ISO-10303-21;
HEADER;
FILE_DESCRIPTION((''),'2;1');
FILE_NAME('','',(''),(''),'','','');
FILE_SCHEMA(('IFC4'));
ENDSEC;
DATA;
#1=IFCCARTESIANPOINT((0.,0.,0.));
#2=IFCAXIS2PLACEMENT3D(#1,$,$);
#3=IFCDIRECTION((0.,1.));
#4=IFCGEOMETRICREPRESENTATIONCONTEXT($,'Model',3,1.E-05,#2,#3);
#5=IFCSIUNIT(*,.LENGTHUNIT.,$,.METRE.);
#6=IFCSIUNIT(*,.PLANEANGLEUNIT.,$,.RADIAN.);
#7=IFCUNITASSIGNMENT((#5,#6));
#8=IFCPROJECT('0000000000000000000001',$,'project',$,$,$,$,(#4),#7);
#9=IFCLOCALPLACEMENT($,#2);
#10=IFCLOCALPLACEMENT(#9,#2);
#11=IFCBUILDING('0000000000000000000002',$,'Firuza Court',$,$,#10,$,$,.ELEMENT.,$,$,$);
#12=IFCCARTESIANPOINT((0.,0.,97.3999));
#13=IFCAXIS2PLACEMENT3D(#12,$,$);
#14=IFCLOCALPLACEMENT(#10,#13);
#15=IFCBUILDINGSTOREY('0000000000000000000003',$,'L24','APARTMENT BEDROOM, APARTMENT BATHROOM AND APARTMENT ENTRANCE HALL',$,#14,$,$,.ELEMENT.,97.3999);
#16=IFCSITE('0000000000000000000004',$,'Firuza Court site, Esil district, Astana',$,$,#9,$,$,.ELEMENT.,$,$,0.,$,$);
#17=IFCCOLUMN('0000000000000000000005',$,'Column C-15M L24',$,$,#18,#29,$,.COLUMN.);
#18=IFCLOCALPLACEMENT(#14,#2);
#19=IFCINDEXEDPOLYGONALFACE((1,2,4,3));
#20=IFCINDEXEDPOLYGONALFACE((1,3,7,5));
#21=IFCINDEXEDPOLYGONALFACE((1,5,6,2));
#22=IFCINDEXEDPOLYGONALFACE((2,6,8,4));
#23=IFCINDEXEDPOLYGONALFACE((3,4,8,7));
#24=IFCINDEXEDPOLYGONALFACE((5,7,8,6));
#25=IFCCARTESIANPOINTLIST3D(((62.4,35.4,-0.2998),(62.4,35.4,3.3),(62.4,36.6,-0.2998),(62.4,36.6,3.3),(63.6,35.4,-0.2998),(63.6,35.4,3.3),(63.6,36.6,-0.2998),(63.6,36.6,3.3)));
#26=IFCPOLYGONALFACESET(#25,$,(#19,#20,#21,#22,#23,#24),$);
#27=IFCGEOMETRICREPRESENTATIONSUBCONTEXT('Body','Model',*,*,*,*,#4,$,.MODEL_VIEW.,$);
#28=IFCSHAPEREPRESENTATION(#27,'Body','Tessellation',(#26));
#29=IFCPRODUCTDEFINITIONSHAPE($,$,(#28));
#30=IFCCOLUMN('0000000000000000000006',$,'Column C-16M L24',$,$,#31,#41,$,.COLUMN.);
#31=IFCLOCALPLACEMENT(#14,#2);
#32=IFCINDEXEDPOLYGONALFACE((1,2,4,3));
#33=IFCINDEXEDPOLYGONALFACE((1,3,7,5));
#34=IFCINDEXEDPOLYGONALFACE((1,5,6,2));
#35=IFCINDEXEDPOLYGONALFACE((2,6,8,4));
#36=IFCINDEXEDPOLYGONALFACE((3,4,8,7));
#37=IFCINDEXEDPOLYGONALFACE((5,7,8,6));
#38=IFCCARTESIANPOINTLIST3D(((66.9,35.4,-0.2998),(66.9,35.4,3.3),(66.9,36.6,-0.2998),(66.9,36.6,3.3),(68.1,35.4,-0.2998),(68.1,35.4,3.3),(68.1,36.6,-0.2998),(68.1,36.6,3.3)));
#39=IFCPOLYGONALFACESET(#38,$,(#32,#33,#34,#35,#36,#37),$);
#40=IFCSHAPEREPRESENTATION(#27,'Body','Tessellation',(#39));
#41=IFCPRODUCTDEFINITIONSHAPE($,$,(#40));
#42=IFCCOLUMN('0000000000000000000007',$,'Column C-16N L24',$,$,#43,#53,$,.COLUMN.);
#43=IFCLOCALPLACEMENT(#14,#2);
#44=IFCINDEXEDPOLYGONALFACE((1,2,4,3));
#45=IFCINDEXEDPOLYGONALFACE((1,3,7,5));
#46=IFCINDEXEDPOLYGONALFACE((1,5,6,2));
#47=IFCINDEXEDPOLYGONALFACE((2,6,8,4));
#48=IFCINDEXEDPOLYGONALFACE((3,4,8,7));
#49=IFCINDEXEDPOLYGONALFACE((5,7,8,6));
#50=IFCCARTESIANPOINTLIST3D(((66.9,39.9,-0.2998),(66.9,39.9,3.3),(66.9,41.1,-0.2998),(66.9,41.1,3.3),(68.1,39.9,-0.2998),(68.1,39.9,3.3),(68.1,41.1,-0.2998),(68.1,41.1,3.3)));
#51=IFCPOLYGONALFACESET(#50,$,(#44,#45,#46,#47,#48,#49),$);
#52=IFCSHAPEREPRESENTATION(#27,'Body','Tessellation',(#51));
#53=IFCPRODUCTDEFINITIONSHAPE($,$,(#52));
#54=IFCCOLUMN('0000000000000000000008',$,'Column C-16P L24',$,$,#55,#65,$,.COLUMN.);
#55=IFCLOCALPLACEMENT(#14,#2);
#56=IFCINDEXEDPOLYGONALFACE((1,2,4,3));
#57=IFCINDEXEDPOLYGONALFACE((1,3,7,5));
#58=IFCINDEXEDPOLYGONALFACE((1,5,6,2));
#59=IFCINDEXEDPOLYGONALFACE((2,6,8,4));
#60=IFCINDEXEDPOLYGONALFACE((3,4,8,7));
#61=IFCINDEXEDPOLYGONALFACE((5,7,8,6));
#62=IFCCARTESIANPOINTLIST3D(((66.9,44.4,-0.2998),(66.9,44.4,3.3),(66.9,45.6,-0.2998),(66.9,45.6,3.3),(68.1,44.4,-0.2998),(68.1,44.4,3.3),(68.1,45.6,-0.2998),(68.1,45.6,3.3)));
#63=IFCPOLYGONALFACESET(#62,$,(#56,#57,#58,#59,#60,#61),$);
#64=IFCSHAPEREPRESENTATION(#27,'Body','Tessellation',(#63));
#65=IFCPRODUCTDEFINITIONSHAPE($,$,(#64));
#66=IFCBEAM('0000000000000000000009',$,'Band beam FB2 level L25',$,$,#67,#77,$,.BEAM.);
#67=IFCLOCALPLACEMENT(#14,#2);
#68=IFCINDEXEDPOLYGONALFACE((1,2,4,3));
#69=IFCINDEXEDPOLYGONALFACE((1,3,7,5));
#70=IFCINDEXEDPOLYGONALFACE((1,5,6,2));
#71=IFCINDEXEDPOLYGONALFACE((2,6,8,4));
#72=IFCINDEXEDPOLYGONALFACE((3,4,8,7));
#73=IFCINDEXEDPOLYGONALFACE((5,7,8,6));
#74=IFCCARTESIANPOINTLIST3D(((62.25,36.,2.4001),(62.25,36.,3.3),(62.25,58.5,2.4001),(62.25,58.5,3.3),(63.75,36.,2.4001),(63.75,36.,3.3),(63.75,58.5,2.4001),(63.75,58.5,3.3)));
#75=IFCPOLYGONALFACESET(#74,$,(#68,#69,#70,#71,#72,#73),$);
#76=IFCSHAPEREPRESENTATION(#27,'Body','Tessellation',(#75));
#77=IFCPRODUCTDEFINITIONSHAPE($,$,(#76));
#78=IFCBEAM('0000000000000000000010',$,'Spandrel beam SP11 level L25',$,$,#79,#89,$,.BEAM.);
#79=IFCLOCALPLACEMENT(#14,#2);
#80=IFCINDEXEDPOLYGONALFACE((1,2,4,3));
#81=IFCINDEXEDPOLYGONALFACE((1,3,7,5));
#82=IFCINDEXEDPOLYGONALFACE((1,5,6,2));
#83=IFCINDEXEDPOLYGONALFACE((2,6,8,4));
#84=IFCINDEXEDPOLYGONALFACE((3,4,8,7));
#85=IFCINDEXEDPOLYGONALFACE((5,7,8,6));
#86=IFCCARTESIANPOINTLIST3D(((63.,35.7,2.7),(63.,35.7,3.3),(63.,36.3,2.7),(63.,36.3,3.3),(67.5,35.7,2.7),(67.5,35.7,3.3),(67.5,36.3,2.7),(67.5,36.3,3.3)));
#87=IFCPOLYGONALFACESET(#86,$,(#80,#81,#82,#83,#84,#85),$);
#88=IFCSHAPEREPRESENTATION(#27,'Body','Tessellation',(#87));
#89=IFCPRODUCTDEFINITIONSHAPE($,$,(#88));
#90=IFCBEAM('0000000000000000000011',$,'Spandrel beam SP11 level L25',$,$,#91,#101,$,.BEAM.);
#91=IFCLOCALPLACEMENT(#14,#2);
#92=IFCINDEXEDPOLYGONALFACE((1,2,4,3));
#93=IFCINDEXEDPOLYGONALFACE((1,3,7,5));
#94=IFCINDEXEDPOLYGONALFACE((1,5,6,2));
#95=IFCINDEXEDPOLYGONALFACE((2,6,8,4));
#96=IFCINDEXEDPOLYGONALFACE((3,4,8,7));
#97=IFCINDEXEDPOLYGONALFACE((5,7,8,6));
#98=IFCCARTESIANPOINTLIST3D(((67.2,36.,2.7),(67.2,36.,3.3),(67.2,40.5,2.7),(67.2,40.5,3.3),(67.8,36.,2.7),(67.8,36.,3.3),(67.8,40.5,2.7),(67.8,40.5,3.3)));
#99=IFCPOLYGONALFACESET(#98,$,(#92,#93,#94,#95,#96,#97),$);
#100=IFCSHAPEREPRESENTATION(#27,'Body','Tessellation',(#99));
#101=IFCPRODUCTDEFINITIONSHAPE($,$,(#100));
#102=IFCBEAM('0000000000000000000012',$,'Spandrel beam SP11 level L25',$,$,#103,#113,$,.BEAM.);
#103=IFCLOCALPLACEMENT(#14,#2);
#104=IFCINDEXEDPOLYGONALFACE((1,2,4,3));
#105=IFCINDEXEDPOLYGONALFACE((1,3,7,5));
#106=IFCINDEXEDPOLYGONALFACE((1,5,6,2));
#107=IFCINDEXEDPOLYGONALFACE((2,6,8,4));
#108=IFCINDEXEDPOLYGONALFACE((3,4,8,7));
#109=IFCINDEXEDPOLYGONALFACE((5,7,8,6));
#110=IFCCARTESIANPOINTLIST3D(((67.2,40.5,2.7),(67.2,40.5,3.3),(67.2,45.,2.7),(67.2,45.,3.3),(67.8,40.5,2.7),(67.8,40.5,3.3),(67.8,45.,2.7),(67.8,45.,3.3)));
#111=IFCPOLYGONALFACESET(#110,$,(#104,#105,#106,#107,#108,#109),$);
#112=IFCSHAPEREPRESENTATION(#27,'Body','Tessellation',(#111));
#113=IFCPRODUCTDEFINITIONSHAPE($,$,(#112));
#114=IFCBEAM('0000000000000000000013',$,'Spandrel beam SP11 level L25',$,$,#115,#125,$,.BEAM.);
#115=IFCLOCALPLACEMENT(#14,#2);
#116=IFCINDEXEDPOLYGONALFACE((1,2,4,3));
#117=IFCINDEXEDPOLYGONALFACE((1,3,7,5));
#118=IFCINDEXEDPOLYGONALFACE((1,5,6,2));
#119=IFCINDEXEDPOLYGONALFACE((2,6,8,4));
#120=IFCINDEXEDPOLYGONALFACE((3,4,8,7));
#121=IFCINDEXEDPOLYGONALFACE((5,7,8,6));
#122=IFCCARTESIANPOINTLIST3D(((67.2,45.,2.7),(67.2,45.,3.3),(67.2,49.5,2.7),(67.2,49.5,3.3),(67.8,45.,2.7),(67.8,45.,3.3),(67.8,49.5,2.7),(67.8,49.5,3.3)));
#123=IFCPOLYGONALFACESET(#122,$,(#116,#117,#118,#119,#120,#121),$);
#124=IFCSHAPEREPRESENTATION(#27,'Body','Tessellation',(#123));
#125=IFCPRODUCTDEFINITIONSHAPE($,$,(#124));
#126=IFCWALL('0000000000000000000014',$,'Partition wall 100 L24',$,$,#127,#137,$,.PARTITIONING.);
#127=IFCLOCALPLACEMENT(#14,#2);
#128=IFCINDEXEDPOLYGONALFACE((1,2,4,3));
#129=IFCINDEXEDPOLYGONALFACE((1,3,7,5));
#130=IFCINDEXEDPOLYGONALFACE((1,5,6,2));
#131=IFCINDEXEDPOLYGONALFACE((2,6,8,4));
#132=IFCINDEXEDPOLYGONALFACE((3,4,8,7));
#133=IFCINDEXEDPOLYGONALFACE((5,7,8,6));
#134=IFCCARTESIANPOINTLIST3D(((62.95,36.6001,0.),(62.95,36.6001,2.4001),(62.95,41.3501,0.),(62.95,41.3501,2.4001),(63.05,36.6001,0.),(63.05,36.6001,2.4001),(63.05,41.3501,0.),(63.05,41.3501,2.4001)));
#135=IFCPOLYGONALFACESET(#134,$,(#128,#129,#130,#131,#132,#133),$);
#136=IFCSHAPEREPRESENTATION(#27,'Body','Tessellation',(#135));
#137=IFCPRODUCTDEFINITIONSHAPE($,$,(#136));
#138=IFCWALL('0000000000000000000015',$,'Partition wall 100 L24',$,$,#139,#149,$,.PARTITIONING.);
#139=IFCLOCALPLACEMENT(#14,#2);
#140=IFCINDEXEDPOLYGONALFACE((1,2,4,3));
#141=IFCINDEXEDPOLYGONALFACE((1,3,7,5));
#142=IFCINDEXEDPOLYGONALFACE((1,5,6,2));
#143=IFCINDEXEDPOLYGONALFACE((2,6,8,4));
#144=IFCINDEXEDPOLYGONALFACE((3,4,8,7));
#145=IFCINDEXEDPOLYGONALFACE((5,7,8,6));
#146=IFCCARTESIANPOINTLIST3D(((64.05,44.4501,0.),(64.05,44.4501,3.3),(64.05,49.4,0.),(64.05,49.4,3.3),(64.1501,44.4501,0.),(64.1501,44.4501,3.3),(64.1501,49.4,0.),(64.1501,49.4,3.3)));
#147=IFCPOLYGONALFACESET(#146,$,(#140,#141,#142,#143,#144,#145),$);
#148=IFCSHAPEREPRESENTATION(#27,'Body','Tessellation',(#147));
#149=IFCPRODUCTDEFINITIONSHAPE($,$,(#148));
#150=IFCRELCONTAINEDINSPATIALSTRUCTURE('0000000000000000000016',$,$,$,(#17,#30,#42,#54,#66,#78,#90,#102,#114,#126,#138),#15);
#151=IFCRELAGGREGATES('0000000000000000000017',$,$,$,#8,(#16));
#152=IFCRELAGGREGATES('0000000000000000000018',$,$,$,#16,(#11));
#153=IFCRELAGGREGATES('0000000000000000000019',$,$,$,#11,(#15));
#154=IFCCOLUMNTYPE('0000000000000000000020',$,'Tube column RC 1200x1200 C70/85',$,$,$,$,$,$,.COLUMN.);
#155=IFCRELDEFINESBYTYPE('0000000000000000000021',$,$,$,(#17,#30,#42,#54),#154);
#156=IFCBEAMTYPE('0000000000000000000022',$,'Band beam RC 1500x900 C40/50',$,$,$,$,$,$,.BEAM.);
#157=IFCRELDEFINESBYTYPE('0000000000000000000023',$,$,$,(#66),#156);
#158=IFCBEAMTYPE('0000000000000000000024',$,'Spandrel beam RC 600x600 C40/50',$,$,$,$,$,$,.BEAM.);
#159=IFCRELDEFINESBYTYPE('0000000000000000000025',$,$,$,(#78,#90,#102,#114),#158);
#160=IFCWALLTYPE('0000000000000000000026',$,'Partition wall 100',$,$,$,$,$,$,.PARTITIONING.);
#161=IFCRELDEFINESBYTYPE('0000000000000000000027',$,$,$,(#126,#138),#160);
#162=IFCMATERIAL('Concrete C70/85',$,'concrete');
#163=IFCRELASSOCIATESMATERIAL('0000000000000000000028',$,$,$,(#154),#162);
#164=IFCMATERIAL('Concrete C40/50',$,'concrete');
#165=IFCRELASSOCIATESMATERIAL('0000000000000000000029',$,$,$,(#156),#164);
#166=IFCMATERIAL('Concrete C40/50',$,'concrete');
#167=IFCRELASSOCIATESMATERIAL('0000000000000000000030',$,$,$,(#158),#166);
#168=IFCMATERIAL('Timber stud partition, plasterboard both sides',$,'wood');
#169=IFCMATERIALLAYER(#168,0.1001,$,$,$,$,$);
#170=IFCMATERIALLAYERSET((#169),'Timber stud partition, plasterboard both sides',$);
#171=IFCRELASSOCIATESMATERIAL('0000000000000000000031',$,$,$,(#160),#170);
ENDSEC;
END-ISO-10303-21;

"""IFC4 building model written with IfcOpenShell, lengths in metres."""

from ifc_helpers import new_model, si_unit, direction, frame, frame_2d, origin, origin_2d, place, context, subcontext, project, spatial, rectangle, extrude, material, layer, layer_set, material_profile, profile_set, type_object, element, save


model = new_model("IFC4")

# Units and contexts
model_context = context("Model", 3, precision=1e-05, world=origin(), true_north=direction((0.0, 1.0)))
body_context = subcontext(model_context, "Body", "Model", "MODEL_VIEW")
ifc_project = project(units=[si_unit("LENGTHUNIT", "METRE"), si_unit("PLANEANGLEUNIT", "RADIAN")], contexts=[model_context])

# Site, building, storey
site_placement = place(None, origin())
site = spatial("IfcSite", under=ifc_project, at=site_placement, Name="Firuza Court site, Esil district, Astana", CompositionType="ELEMENT", RefElevation=0.0)
building_placement = place(site_placement, origin())
building = spatial("IfcBuilding", under=site, at=building_placement, Name="Firuza Court", CompositionType="ELEMENT")
storey_placement = place(building_placement, frame((0.0, 0.0, 97.3999)))
storey = spatial("IfcBuildingStorey", under=building, at=storey_placement, Name="L24", Description="APARTMENT BEDROOM, APARTMENT BATHROOM AND APARTMENT ENTRANCE HALL", CompositionType="ELEMENT", Elevation=97.3999)

# Columns
ifc_material_1 = material(Name="Concrete C70/85", Category="concrete")
ifc_material_profile_1 = material_profile(ifc_material_1, rectangle(XDim=1.2, YDim=1.2, at=origin_2d()), Name="RC 1200x1200")
ifc_profile_set_1 = profile_set([ifc_material_profile_1], Name="Concrete C70/85")
column_type = type_object("IfcColumnType", Name="Tube column RC 1200x1200 C70/85", PredefinedType="COLUMN", material=ifc_profile_set_1)
for number, where, z_axis, x_axis, name in (
    (1, (63.0, 36.0, -0.2998), (0.0, 0.0, 1.0), (1.0, 0.0, 0.0), "Column C-15M L24"),
    (2, (67.5, 36.0, -0.2998), (0.0, 0.0, 1.0), (1.0, 0.0, 0.0), "Column C-16M L24"),
    (3, (67.5, 40.5, -0.2998), (0.0, 0.0, 1.0), (1.0, 0.0, 0.0), "Column C-16N L24"),
    (4, (67.5, 45.0, -0.2998), (0.0, 0.0, 1.0), (1.0, 0.0, 0.0), "Column C-16P L24"),
):
    element("IfcColumn", number, at=place(storey_placement, frame(where, z_axis=z_axis, x_axis=x_axis)), inside=storey, type_object=column_type, Name=name, PredefinedType="COLUMN", context=body_context, shape_type="SweptSolid", body=[
        extrude(rectangle(XDim=1.2, YDim=1.2, at=origin_2d()), origin(), (0.0, 0.0, 1.0), 3.5999),
    ])

# Beams
ifc_material_2 = material(Name="Concrete C40/50", Category="concrete")
ifc_material_profile_2 = material_profile(ifc_material_2, rectangle(XDim=1.5, YDim=0.8999, at=origin_2d()), Name="RC 1500x900")
ifc_profile_set_2 = profile_set([ifc_material_profile_2], Name="Concrete C40/50")
beam_type_1 = type_object("IfcBeamType", Name="Band beam RC 1500x900 C40/50", PredefinedType="BEAM", material=ifc_profile_set_2)
beam_placement = place(storey_placement, frame((63.0, 36.0, 2.8501), z_axis=(0.0, 1.0, 0.0), x_axis=(-1.0, 0.0, 0.0)))
element("IfcBeam", 5, at=beam_placement, inside=storey, type_object=beam_type_1, Name="Band beam FB2 level L25", PredefinedType="BEAM", context=body_context, shape_type="SweptSolid", body=[
    extrude(rectangle(XDim=1.5, YDim=0.8999, at=origin_2d()), origin(), (0.0, 0.0, 1.0), 22.5),
])
ifc_material_3 = material(Name="Concrete C40/50", Category="concrete")
ifc_material_profile_3 = material_profile(ifc_material_3, rectangle(XDim=0.6001, YDim=0.6001, at=origin_2d()), Name="RC 600x600")
ifc_profile_set_3 = profile_set([ifc_material_profile_3], Name="Concrete C40/50")
beam_type_2 = type_object("IfcBeamType", Name="Spandrel beam RC 600x600 C40/50", PredefinedType="BEAM", material=ifc_profile_set_3)
for number, where, z_axis, x_axis, name in (
    (6, (63.0, 36.0, 3.0), (1.0, 0.0, 0.0), (0.0, 1.0, 0.0), "Spandrel beam SP11 level L25"),
    (7, (67.5, 36.0, 3.0), (0.0, 1.0, 0.0), (-1.0, 0.0, 0.0), "Spandrel beam SP11 level L25"),
    (8, (67.5, 40.5, 3.0), (0.0, 1.0, 0.0), (-1.0, 0.0, 0.0), "Spandrel beam SP11 level L25"),
    (9, (67.5, 45.0, 3.0), (0.0, 1.0, 0.0), (-1.0, 0.0, 0.0), "Spandrel beam SP11 level L25"),
):
    element("IfcBeam", number, at=place(storey_placement, frame(where, z_axis=z_axis, x_axis=x_axis)), inside=storey, type_object=beam_type_2, Name=name, PredefinedType="BEAM", context=body_context, shape_type="SweptSolid", body=[
        extrude(rectangle(XDim=0.6001, YDim=0.6001, at=origin_2d()), origin(), (0.0, 0.0, 1.0), 4.5),
    ])

# Walls
ifc_material_4 = material(Name="Timber stud partition, plasterboard both sides", Category="wood")
ifc_layer_1 = layer(ifc_material_4, 0.1001)
ifc_layer_set_1 = layer_set([ifc_layer_1], Name="Timber stud partition, plasterboard both sides")
wall_type_1 = type_object("IfcWallType", Name="Partition wall 100", PredefinedType="PARTITIONING", material=ifc_layer_set_1)
wall_1_placement = place(storey_placement, frame((63.0, 36.6001, 0.0), z_axis=(0.0, 0.0, 1.0), x_axis=(0.0, 1.0, 0.0)))
element("IfcWall", 10, at=wall_1_placement, inside=storey, type_object=wall_type_1, Name="Partition wall 100 L24", PredefinedType="PARTITIONING", context=body_context, shape_type="SweptSolid", body=[
    extrude(rectangle(XDim=4.75, YDim=0.1001, at=frame_2d((2.375, 0.0))), origin(), (0.0, 0.0, 1.0), 2.4001),
])
wall_2_placement = place(storey_placement, frame((64.1001, 44.45, 0.0), z_axis=(0.0, 0.0, 1.0), x_axis=(0.0, 1.0, 0.0)))
element("IfcWall", 11, at=wall_2_placement, inside=storey, type_object=wall_type_1, Name="Partition wall 100 L24", PredefinedType="PARTITIONING", context=body_context, shape_type="SweptSolid", body=[
    extrude(rectangle(XDim=4.95, YDim=0.1001, at=frame_2d((2.4751, 0.0))), origin(), (0.0, 0.0, 1.0), 3.3),
])

save(model, "model.ifc")
